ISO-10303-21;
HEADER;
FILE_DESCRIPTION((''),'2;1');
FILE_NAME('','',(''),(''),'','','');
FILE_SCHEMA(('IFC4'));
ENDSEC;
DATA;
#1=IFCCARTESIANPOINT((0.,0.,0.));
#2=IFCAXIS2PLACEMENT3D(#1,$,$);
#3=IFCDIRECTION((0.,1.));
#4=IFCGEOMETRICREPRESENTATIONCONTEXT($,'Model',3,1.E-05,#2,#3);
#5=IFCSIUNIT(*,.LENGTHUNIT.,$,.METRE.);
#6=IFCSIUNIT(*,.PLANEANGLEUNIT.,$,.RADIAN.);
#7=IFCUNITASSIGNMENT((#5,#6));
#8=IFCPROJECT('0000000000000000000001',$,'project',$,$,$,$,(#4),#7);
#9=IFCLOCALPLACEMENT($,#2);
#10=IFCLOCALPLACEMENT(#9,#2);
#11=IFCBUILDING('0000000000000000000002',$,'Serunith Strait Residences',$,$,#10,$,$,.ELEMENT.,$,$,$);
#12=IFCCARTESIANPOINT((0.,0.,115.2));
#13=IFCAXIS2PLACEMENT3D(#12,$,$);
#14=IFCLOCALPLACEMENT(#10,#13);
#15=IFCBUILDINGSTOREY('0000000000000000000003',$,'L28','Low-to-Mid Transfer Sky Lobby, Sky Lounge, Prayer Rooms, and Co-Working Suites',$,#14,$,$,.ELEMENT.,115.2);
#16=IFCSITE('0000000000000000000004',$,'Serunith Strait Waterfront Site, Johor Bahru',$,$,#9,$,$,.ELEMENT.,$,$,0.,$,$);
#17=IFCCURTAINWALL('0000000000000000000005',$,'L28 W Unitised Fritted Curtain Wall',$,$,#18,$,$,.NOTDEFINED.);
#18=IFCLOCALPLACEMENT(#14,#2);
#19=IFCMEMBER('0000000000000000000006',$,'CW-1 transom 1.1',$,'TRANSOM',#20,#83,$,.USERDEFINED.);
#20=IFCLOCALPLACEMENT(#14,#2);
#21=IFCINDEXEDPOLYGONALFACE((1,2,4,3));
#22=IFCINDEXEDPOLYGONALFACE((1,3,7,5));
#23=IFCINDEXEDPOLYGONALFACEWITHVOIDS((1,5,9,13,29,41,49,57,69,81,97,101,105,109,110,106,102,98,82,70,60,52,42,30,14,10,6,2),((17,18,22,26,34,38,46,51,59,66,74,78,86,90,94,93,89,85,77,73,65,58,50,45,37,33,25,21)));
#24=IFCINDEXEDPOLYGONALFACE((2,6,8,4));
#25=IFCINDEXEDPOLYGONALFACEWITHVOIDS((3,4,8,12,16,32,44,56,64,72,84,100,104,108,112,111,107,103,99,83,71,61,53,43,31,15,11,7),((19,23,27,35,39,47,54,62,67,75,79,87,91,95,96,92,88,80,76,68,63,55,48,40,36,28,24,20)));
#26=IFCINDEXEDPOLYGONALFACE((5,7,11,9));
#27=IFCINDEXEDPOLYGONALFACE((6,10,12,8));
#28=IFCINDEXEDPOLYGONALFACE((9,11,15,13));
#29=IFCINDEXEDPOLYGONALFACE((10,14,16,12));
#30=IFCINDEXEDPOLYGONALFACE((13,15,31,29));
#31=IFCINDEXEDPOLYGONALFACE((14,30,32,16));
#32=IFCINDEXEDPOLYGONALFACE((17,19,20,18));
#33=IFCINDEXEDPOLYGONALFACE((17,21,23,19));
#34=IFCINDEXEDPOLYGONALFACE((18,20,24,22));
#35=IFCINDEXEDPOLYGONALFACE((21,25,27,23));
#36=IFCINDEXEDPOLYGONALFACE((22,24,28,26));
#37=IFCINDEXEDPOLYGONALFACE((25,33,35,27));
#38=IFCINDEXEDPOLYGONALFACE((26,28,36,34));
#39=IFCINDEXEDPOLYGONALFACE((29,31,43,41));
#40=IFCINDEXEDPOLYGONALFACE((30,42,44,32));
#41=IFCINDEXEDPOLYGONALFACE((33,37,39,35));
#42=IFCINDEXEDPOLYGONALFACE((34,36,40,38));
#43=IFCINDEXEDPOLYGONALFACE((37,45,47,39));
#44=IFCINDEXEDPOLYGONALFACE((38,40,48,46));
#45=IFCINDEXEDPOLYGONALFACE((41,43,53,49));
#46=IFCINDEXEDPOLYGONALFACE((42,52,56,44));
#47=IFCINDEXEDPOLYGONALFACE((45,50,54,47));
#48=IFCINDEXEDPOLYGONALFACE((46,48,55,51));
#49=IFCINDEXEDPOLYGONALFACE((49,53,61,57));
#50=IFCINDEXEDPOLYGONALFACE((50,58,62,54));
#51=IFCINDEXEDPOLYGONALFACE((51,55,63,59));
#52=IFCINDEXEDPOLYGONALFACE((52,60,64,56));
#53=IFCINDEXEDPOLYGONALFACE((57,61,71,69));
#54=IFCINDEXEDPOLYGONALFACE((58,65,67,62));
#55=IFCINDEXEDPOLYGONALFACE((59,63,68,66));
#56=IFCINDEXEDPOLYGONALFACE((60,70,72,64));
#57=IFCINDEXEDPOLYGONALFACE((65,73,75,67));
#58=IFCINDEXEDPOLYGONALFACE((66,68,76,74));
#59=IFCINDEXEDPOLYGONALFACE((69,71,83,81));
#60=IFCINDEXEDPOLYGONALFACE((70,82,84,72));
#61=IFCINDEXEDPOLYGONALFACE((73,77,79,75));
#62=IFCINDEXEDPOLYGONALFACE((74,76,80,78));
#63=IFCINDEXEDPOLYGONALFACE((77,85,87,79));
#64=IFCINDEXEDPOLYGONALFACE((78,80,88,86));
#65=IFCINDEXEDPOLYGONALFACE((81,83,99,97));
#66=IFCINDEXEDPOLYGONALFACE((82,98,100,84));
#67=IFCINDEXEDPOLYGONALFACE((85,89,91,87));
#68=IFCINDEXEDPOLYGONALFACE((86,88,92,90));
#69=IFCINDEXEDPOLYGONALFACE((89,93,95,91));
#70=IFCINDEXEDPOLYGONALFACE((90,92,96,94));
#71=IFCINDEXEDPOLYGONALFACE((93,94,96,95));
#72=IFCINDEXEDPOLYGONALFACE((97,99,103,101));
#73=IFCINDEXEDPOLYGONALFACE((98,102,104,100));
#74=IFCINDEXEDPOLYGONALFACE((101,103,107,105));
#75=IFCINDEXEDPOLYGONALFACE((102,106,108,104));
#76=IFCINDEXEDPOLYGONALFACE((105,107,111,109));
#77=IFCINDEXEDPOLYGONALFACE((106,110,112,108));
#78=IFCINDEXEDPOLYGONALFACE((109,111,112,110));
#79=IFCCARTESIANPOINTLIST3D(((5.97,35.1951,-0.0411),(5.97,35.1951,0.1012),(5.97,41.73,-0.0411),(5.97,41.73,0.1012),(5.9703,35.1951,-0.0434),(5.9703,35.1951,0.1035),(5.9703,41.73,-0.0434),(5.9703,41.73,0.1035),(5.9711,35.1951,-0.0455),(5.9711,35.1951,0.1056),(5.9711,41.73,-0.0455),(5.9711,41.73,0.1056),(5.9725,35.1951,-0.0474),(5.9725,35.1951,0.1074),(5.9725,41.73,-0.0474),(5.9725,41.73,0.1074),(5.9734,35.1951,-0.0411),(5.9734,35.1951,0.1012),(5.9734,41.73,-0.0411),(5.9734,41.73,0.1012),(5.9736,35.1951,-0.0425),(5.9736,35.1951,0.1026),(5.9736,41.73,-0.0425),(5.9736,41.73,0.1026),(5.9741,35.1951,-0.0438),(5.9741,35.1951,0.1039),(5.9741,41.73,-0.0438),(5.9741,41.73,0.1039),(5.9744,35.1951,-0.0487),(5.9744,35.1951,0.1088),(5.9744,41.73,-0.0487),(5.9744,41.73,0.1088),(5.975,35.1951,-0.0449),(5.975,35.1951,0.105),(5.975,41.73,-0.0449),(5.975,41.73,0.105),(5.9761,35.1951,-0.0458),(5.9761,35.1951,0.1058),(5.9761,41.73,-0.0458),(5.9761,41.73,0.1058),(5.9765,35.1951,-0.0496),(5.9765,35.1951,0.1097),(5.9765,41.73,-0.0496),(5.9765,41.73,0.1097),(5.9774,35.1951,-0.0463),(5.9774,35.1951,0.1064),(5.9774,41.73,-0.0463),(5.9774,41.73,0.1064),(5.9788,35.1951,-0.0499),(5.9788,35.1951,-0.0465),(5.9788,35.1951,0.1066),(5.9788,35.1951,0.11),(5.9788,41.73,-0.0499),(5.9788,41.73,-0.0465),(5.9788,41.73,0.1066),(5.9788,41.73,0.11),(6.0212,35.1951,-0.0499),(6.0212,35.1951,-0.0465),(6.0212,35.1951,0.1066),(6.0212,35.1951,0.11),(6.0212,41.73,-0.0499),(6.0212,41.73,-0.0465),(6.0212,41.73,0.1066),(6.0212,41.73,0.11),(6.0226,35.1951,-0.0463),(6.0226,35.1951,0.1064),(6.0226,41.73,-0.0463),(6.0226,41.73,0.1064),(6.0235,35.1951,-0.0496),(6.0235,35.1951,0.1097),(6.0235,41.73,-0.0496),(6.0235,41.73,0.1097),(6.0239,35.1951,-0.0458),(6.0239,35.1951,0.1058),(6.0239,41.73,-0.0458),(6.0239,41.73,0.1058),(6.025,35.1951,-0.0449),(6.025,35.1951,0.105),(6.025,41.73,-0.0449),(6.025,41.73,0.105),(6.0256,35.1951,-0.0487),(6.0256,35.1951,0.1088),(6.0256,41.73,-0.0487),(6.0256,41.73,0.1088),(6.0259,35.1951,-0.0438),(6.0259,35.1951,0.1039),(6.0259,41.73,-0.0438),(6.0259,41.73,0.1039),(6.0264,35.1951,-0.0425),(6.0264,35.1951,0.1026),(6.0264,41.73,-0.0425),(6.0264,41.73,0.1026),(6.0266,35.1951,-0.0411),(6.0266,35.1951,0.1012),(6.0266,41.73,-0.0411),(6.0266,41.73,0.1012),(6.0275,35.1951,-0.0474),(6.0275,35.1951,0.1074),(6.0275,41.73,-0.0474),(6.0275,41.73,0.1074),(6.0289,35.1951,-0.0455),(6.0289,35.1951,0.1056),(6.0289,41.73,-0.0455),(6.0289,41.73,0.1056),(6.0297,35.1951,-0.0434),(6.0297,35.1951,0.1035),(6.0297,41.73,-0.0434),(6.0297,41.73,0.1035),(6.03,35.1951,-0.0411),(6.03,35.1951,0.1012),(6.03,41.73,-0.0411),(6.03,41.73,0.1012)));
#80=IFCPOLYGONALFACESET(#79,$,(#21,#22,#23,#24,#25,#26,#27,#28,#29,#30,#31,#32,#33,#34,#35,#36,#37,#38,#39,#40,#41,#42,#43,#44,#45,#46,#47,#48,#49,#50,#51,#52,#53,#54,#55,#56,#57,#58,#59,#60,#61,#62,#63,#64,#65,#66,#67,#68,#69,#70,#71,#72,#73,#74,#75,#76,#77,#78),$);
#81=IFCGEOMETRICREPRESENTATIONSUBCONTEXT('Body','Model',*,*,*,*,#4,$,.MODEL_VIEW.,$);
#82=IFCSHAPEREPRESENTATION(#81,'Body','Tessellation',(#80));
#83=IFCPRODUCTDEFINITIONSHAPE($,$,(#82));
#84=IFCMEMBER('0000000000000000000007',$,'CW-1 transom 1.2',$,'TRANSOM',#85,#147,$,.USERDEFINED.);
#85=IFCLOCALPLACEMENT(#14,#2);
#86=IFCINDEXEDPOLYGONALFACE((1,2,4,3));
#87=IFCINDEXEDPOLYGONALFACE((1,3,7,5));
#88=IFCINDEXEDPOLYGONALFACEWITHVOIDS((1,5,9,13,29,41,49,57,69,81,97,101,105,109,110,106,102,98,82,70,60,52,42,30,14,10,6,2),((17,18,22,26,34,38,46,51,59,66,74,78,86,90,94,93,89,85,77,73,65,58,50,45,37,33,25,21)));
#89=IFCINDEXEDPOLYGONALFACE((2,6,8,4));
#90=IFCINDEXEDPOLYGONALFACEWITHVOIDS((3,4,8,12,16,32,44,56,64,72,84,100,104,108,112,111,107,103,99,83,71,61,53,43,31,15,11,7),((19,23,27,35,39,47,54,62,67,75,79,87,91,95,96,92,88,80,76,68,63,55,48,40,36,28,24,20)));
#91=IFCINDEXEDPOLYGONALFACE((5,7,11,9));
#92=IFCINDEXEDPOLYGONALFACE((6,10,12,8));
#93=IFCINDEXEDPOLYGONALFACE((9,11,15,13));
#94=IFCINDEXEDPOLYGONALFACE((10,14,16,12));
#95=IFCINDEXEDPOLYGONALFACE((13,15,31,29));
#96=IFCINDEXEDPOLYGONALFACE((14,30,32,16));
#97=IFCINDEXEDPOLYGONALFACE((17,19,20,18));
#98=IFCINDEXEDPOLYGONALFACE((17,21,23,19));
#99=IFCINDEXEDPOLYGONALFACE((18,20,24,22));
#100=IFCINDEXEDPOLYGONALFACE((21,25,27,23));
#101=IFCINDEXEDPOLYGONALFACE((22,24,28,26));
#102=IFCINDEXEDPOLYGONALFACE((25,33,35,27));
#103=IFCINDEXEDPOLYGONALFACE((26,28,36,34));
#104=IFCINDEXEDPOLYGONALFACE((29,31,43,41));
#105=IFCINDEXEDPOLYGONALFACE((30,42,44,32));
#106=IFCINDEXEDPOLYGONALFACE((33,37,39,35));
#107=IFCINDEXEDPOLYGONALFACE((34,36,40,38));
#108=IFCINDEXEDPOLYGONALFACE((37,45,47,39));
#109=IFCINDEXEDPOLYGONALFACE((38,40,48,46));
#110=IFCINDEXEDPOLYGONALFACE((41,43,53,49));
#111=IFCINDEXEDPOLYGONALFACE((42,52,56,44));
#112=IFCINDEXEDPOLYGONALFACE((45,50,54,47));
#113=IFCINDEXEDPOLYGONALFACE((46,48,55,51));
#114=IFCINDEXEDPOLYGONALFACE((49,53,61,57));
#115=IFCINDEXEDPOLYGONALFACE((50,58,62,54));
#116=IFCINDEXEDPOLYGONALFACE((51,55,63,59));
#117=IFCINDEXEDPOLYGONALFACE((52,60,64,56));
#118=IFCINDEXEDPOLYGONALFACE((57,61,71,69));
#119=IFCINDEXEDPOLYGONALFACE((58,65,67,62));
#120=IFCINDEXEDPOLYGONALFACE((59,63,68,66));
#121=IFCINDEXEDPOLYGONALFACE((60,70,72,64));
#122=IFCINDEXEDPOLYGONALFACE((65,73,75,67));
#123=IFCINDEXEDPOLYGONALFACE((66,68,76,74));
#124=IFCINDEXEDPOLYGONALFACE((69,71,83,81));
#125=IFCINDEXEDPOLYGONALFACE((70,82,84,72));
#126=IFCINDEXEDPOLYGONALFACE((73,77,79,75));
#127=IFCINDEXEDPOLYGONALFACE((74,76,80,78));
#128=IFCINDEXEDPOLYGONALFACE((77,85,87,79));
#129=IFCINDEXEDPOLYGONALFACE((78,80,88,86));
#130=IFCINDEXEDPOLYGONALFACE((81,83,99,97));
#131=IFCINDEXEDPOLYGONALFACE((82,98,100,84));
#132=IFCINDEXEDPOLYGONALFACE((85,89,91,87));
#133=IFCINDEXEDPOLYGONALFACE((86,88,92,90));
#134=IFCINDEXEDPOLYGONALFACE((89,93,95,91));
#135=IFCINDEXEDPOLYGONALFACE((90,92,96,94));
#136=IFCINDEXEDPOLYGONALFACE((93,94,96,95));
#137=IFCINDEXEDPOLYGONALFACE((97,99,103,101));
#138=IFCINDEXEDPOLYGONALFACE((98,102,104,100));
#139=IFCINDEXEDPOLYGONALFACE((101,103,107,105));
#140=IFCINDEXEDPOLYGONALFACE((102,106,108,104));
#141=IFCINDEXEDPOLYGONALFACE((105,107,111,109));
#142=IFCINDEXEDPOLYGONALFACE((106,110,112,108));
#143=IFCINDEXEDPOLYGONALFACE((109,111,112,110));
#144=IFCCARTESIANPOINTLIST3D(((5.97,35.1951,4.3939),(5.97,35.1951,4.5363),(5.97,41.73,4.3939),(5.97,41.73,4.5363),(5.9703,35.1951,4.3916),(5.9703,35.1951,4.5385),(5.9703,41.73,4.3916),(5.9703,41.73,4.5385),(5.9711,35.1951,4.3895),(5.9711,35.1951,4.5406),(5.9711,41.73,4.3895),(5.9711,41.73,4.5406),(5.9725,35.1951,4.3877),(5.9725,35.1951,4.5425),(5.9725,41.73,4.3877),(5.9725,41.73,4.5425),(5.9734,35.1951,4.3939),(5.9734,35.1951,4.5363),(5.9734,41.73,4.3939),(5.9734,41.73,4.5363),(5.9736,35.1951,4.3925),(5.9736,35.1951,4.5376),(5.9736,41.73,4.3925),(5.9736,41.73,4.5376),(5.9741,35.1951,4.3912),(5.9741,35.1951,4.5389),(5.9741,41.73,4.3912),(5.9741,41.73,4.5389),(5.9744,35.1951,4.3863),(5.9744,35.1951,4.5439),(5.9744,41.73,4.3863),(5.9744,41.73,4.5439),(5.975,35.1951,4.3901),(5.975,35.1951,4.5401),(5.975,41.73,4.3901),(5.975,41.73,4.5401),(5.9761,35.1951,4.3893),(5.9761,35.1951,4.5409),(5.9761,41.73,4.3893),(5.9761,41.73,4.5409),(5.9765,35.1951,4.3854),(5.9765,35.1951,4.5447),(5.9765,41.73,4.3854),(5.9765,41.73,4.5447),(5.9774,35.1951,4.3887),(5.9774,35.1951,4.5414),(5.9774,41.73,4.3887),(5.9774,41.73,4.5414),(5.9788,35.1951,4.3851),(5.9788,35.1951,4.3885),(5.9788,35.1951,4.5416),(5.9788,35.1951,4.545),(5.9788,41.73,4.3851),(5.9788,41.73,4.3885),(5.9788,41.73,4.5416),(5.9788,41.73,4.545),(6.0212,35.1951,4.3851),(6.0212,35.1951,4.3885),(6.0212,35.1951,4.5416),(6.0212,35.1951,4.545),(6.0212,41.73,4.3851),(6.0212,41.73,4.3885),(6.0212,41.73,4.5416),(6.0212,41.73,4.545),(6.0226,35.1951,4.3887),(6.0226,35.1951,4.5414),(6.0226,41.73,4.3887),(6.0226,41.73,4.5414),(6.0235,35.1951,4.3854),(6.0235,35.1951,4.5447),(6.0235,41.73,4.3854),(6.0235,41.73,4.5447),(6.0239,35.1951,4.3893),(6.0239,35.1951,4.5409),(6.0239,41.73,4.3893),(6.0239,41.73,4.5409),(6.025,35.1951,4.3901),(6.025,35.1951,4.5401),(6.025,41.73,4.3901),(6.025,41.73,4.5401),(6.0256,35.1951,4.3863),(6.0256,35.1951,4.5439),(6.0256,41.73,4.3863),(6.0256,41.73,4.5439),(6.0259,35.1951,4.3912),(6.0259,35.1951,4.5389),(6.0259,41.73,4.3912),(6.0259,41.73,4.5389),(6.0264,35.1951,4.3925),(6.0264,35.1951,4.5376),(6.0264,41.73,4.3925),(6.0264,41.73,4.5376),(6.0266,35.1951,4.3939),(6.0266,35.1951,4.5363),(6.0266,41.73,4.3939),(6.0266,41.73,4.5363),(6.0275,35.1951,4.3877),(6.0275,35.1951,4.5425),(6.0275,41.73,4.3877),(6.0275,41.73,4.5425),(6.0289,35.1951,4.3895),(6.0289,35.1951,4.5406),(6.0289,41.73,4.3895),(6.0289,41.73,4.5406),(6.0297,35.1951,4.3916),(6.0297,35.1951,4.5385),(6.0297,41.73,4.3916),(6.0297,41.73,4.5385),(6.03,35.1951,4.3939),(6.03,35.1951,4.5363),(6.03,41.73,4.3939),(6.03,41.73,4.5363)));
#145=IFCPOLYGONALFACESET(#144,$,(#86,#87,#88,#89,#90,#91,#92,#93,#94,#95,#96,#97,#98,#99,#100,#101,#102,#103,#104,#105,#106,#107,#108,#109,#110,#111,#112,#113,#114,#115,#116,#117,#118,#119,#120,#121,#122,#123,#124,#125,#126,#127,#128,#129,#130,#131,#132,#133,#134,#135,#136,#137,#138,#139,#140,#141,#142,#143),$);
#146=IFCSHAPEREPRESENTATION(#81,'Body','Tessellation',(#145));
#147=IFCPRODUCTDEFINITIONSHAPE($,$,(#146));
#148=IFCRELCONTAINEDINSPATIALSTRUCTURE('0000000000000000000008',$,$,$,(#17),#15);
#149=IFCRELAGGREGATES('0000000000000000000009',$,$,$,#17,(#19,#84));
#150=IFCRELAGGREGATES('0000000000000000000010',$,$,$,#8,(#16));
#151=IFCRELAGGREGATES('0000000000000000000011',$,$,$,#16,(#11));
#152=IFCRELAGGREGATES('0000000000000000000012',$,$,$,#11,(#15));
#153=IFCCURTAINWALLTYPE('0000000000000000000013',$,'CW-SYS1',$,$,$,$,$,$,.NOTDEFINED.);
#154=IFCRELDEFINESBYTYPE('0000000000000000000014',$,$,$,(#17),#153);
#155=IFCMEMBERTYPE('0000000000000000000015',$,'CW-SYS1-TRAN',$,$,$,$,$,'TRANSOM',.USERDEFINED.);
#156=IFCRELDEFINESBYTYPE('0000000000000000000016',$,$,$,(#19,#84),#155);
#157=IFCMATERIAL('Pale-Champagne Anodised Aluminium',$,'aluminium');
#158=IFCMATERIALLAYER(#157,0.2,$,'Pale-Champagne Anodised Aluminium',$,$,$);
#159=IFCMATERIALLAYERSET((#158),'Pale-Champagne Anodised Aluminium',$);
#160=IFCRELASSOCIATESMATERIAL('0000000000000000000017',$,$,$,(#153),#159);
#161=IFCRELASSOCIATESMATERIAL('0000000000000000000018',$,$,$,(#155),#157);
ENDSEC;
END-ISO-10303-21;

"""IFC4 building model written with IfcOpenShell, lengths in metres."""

from ifc_helpers import new_model, si_unit, direction, frame, origin, origin_2d, place, context, subcontext, project, spatial, hollow_rectangle, extrude, source, transform, mapped, material, layer, layer_set, material_profile, profile_set, type_object, element, aggregate, save


model = new_model("IFC4")

# Units and contexts
model_context = context("Model", 3, precision=1e-05, world=origin(), true_north=direction((0.0, 1.0)))
body_context = subcontext(model_context, "Body", "Model", "MODEL_VIEW")
ifc_project = project(units=[si_unit("LENGTHUNIT", "METRE"), si_unit("PLANEANGLEUNIT", "RADIAN")], contexts=[model_context])

# Site, building, storey
site_placement = place(None, origin())
site = spatial("IfcSite", under=ifc_project, at=site_placement, Name="Serunith Strait Waterfront Site, Johor Bahru", CompositionType="ELEMENT", RefElevation=0.0)
building_placement = place(site_placement, origin())
building = spatial("IfcBuilding", under=site, at=building_placement, Name="Serunith Strait Residences", CompositionType="ELEMENT")
storey_placement = place(building_placement, frame((0.0, 0.0, 115.2)))
storey = spatial("IfcBuildingStorey", under=building, at=storey_placement, Name="L28", Description="Low-to-Mid Transfer Sky Lobby, Sky Lounge, Prayer Rooms, and Co-Working Suites", CompositionType="ELEMENT", Elevation=115.2)

# Curtain wall, members
ifc_material_1 = material(Name="Pale-Champagne Anodised Aluminium", Category="aluminium")
ifc_layer_1 = layer(ifc_material_1, 0.2, Name="Pale-Champagne Anodised Aluminium")
ifc_layer_set_1 = layer_set([ifc_layer_1], Name="Pale-Champagne Anodised Aluminium")
curtain_wall_type = type_object("IfcCurtainWallType", Name="CW-SYS1", PredefinedType="NOTDEFINED", material=ifc_layer_set_1)
curtain_wall_1_placement = place(storey_placement, origin())
curtain_wall_1 = element("IfcCurtainWall", 1, at=curtain_wall_1_placement, inside=storey, type_object=curtain_wall_type, Name="L28 W Unitised Fritted Curtain Wall", PredefinedType="NOTDEFINED")
ifc_material_profile_1 = material_profile(ifc_material_1, hollow_rectangle(XDim=0.0601, YDim=0.1599, WallThickness=0.0034, InnerFilletRadius=0.0054, OuterFilletRadius=0.0088, at=origin_2d()), Name="ALU 160x60x3.5")
ifc_profile_set_1 = profile_set([ifc_material_profile_1], Name="Pale-Champagne Anodised Aluminium")
member_type_1 = type_object("IfcMemberType", Name="CW-SYS1-TRAN", ElementType="TRANSOM", PredefinedType="USERDEFINED", material=ifc_profile_set_1)
shared_shape_1 = source(origin(), body_context, "Body", "SweptSolid", [
    extrude(hollow_rectangle(XDim=0.0601, YDim=0.1599, WallThickness=0.0034, InnerFilletRadius=0.0054, OuterFilletRadius=0.0088, at=origin_2d()), origin(), (0.0, 0.0, 1.0), 6.5349),
])
member_1_placement = place(storey_placement, frame((6.0, 41.73, 0.03), z_axis=(0.0, -1.0, 0.0), x_axis=(1.0, 0.0, 0.0)))
member_1 = element("IfcMember", 2, at=member_1_placement, type_object=member_type_1, Name="CW-1 transom 1.1", ObjectType="TRANSOM", PredefinedType="USERDEFINED", context=body_context, shape_type="MappedRepresentation", body=[
    mapped(shared_shape_1, transform((0.0, 0.0, 0.0), scale=1.0)),
])
member_2_placement = place(storey_placement, frame((6.0, 41.73, 4.4651), z_axis=(0.0, -1.0, 0.0), x_axis=(1.0, 0.0, 0.0)))
member_2 = element("IfcMember", 3, at=member_2_placement, type_object=member_type_1, Name="CW-1 transom 1.2", ObjectType="TRANSOM", PredefinedType="USERDEFINED", context=body_context, shape_type="MappedRepresentation", body=[
    mapped(shared_shape_1, transform((0.0, 0.0, 0.0), scale=1.0)),
])

aggregate(curtain_wall_1, [member_1, member_2])

save(model, "model.ifc")
